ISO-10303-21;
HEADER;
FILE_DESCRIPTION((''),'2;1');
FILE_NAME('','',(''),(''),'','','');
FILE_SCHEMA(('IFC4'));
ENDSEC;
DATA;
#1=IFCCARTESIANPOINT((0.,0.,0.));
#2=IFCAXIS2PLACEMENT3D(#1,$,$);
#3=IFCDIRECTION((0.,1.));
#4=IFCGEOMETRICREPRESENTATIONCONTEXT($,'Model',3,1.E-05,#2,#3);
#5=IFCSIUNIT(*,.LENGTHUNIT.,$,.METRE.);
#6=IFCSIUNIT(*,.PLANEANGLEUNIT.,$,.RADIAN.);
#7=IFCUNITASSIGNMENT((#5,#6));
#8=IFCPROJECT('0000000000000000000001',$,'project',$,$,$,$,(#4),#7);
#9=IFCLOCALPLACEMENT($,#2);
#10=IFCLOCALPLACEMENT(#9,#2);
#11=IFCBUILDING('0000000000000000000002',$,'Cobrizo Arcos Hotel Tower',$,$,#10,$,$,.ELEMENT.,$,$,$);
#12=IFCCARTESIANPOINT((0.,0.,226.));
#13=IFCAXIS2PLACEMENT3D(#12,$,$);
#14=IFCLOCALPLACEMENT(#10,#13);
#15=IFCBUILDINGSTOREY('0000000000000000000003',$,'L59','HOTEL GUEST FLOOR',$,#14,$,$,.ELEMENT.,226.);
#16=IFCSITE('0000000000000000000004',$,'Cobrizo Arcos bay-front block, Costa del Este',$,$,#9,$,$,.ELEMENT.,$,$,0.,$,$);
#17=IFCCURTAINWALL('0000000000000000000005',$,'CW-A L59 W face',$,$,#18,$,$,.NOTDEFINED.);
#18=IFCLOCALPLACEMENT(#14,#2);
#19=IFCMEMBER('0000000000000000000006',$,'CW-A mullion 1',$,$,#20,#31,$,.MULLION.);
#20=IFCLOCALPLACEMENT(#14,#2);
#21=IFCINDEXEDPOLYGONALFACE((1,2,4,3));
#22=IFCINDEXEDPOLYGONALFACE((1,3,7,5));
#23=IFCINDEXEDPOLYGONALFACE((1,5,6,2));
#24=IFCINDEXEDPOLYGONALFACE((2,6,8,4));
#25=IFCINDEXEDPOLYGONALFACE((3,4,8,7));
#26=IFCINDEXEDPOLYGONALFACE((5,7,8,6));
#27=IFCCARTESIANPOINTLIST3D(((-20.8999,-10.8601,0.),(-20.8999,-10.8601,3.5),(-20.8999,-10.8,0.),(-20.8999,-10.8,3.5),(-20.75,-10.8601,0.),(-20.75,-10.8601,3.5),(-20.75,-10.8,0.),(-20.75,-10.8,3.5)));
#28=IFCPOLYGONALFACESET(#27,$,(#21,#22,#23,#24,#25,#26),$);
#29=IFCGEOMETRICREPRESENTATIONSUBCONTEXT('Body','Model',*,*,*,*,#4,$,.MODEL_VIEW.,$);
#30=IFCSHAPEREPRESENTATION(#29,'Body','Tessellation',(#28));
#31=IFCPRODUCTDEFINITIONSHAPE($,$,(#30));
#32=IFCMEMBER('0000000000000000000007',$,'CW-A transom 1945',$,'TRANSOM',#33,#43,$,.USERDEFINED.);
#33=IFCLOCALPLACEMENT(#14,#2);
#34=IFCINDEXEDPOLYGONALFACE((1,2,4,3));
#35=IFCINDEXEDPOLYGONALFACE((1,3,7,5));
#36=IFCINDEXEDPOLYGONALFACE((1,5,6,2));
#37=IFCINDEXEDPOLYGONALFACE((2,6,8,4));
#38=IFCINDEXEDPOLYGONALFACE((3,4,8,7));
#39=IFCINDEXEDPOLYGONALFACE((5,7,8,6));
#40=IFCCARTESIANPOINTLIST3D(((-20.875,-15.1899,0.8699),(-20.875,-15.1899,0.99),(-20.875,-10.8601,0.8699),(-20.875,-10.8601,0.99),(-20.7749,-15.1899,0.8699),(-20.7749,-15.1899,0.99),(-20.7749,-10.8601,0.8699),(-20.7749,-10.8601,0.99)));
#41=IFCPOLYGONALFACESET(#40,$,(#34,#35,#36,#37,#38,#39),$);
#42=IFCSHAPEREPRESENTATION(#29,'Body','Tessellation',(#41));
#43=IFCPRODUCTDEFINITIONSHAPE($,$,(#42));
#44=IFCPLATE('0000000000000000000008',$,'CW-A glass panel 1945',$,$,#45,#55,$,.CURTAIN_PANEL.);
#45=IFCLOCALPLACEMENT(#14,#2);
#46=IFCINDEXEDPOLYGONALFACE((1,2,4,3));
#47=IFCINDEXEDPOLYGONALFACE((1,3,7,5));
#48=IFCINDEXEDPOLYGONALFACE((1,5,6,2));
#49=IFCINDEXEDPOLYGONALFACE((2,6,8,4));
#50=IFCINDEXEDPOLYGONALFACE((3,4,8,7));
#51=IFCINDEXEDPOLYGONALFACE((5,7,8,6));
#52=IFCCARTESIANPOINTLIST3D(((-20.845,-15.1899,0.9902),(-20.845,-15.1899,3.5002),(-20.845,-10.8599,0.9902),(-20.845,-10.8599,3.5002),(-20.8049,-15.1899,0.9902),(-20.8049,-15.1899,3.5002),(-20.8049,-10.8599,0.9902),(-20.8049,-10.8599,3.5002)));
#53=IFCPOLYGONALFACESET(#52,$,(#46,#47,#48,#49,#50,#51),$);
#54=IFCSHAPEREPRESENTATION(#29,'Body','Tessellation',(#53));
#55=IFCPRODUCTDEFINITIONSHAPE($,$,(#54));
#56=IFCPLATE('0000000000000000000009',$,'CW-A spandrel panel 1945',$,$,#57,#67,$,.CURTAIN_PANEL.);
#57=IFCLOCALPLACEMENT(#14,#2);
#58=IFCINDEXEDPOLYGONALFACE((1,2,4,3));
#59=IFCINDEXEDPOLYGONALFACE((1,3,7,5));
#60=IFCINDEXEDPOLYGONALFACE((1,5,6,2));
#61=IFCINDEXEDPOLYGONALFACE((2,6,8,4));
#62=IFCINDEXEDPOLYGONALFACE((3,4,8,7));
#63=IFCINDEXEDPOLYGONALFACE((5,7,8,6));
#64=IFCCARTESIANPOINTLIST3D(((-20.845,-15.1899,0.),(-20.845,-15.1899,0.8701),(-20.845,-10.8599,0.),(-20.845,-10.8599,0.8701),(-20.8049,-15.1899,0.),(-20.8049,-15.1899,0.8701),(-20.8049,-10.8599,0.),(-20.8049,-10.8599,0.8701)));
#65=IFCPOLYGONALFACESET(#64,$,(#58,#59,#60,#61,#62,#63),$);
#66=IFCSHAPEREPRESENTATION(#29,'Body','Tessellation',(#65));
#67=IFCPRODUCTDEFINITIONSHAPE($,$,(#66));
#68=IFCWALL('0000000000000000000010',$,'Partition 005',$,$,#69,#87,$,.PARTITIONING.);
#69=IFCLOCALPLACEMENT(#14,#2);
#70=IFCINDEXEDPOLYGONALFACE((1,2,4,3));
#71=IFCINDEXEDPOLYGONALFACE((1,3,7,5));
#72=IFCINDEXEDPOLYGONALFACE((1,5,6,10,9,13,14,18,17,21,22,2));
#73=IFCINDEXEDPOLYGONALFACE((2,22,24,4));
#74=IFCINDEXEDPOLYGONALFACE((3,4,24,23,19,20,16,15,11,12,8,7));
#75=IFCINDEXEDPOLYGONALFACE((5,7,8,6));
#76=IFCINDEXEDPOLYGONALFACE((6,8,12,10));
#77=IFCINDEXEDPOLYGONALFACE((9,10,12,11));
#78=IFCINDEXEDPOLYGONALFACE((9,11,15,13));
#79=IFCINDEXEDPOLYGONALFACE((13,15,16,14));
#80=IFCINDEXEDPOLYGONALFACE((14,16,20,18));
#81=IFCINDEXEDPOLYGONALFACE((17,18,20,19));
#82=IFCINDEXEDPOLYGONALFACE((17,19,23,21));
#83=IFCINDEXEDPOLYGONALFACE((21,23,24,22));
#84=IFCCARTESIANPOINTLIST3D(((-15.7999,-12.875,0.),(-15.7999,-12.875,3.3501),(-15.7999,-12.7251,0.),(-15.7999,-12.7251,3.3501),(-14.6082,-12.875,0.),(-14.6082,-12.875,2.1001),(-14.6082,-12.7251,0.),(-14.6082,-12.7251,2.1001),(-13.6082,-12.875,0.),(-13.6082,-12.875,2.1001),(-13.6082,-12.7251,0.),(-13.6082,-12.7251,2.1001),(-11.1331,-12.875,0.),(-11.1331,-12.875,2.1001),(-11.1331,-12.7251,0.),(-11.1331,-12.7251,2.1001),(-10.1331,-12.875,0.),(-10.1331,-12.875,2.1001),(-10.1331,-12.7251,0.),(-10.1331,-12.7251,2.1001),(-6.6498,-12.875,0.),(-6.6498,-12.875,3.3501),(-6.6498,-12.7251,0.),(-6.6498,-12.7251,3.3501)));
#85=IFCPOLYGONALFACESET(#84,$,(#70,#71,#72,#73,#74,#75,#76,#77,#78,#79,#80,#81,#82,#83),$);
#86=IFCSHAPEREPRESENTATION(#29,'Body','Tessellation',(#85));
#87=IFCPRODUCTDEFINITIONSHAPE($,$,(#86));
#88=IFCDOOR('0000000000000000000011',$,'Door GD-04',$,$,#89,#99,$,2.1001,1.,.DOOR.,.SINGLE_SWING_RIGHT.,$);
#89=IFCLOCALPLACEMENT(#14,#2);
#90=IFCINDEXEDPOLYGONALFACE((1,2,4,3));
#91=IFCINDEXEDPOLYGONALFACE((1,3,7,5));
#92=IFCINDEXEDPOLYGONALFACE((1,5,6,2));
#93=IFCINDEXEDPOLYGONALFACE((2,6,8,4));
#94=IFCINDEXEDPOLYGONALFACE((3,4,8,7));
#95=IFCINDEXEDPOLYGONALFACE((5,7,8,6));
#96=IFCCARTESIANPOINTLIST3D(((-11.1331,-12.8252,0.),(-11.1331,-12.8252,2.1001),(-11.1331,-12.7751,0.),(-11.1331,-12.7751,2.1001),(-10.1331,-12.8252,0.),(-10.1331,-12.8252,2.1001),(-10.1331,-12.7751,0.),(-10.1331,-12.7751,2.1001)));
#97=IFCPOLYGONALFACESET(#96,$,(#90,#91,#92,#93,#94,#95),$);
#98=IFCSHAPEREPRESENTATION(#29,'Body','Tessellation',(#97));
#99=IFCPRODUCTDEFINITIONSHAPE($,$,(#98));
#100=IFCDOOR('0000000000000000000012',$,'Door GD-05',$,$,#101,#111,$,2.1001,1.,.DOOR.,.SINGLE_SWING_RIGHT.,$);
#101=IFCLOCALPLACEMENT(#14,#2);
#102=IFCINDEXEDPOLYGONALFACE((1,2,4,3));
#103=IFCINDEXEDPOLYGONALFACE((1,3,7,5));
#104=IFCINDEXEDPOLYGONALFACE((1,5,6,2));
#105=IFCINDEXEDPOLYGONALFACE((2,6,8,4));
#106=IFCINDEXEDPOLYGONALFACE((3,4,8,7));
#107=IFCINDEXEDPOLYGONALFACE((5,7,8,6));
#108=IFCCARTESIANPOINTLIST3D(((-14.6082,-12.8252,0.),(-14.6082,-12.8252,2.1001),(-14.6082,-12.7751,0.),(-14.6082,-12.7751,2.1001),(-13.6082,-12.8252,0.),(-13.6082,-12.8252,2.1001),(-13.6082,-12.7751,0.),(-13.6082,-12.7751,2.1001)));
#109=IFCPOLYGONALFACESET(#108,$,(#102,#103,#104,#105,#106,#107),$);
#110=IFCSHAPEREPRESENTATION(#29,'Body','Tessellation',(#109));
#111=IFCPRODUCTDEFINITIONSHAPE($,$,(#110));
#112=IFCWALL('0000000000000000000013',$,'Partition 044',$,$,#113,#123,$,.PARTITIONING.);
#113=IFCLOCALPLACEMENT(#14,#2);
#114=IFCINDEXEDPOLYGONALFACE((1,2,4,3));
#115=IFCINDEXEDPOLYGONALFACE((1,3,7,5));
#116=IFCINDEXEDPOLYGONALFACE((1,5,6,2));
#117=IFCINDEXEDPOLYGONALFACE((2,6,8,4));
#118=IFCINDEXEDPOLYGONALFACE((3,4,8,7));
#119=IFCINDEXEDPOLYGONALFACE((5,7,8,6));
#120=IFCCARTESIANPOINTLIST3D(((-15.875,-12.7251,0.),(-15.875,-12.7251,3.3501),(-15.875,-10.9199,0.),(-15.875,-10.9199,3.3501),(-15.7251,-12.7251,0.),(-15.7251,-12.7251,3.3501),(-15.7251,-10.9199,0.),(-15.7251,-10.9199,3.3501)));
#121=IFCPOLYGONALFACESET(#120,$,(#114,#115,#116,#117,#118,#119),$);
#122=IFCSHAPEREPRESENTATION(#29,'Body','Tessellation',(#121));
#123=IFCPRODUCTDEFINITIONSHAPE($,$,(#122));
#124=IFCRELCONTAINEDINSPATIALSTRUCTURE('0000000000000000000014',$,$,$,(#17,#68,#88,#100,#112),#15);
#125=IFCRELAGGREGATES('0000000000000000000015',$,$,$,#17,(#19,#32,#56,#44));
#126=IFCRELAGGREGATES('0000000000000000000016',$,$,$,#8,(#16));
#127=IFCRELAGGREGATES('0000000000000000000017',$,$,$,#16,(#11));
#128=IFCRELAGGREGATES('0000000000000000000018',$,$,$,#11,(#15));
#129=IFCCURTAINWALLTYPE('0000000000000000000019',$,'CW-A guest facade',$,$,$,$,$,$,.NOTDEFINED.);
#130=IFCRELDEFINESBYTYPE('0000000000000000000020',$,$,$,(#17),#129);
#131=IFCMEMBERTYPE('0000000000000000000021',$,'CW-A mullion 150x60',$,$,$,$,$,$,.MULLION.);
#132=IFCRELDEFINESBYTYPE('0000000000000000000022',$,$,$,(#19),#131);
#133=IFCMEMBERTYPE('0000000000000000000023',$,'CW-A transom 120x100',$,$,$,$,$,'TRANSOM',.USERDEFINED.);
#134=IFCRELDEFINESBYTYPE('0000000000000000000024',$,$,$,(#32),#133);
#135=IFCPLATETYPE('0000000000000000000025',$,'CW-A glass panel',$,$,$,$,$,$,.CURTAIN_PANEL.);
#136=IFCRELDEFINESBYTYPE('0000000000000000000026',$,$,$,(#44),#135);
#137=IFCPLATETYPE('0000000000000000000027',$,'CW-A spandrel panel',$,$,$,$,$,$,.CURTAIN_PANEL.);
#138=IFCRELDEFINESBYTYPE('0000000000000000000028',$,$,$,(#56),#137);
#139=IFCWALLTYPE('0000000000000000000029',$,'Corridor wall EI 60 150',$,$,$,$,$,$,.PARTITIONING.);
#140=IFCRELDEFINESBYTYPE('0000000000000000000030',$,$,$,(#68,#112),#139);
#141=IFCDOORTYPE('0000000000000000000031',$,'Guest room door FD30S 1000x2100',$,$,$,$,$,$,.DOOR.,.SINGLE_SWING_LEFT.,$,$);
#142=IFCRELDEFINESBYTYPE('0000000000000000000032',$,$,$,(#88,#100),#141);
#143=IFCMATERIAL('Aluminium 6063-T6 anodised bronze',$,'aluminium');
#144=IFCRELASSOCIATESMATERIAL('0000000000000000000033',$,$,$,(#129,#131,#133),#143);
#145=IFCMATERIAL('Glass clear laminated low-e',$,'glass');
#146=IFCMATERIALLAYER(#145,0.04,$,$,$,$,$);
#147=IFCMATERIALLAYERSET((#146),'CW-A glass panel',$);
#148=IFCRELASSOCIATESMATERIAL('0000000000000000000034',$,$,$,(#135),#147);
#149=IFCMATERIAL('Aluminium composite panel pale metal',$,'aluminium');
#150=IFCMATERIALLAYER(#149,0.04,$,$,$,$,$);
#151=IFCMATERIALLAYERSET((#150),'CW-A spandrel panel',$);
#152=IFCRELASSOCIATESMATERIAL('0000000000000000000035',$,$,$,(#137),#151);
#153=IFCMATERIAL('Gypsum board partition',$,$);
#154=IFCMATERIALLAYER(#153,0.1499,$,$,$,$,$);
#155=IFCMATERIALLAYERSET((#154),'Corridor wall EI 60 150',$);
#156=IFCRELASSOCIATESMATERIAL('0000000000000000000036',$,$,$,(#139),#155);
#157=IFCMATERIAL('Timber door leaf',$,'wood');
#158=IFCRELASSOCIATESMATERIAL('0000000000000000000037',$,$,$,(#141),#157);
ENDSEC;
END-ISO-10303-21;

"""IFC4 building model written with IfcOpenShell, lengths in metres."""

from ifc_helpers import new_model, si_unit, direction, frame, frame_2d, origin, origin_2d, place, context, subcontext, project, spatial, rectangle, extrude, material, layer, layer_set, material_profile, profile_set, type_object, element, fill, aggregate, save


model = new_model("IFC4")

# Units and contexts
model_context = context("Model", 3, precision=1e-05, world=origin(), true_north=direction((0.0, 1.0)))
body_context = subcontext(model_context, "Body", "Model", "MODEL_VIEW")
ifc_project = project(units=[si_unit("LENGTHUNIT", "METRE"), si_unit("PLANEANGLEUNIT", "RADIAN")], contexts=[model_context])

# Site, building, storey
site_placement = place(None, origin())
site = spatial("IfcSite", under=ifc_project, at=site_placement, Name="Cobrizo Arcos bay-front block, Costa del Este", CompositionType="ELEMENT", RefElevation=0.0)
building_placement = place(site_placement, origin())
building = spatial("IfcBuilding", under=site, at=building_placement, Name="Cobrizo Arcos Hotel Tower", CompositionType="ELEMENT")
storey_placement = place(building_placement, frame((0.0, 0.0, 226.0)))
storey = spatial("IfcBuildingStorey", under=building, at=storey_placement, Name="L59", Description="HOTEL GUEST FLOOR", CompositionType="ELEMENT", Elevation=226.0)

# Curtain wall, members, plates
ifc_material_1 = material(Name="Aluminium 6063-T6 anodised bronze", Category="aluminium")
curtain_wall_type = type_object("IfcCurtainWallType", Name="CW-A guest facade", PredefinedType="NOTDEFINED", material=ifc_material_1)
curtain_wall_placement = place(storey_placement, origin())
curtain_wall = element("IfcCurtainWall", 1, at=curtain_wall_placement, inside=storey, type_object=curtain_wall_type, Name="CW-A L59 W face", PredefinedType="NOTDEFINED")
ifc_material_profile_1 = material_profile(ifc_material_1, rectangle(XDim=0.1499, YDim=0.0601, at=origin_2d()), Name="CW-A mullion 150x60")
ifc_profile_set_1 = profile_set([ifc_material_profile_1], Name="Aluminium 6063-T6 anodised bronze")
member_type_1 = type_object("IfcMemberType", Name="CW-A mullion 150x60", PredefinedType="MULLION", material=ifc_profile_set_1)
member_1_placement = place(storey_placement, frame((-20.825, -10.8301, 0.0), z_axis=(0.0, 0.0, 1.0), x_axis=(-1.0, 0.0, 0.0)))
member_1 = element("IfcMember", 2, at=member_1_placement, type_object=member_type_1, Name="CW-A mullion 1", PredefinedType="MULLION", context=body_context, shape_type="SweptSolid", body=[
    extrude(rectangle(XDim=0.1499, YDim=0.0601, at=origin_2d()), origin(), (0.0, 0.0, 1.0), 3.5),
])
ifc_material_profile_2 = material_profile(ifc_material_1, rectangle(XDim=0.1001, YDim=0.1201, at=origin_2d()), Name="CW-A transom 120x100")
ifc_profile_set_2 = profile_set([ifc_material_profile_2], Name="Aluminium 6063-T6 anodised bronze")
member_type_2 = type_object("IfcMemberType", Name="CW-A transom 120x100", ElementType="TRANSOM", PredefinedType="USERDEFINED", material=ifc_profile_set_2)
member_2_placement = place(storey_placement, frame((-20.825, -10.8601, 0.9299), z_axis=(0.0, -1.0, 0.0), x_axis=(1.0, 0.0, 0.0)))
member_2 = element("IfcMember", 3, at=member_2_placement, type_object=member_type_2, Name="CW-A transom 1945", ObjectType="TRANSOM", PredefinedType="USERDEFINED", context=body_context, shape_type="SweptSolid", body=[
    extrude(rectangle(XDim=0.1001, YDim=0.1201, at=origin_2d()), origin(), (0.0, 0.0, 1.0), 4.3298),
])
ifc_material_2 = material(Name="Glass clear laminated low-e", Category="glass")
ifc_layer_1 = layer(ifc_material_2, 0.04)
ifc_layer_set_1 = layer_set([ifc_layer_1], Name="CW-A glass panel")
plate_type_1 = type_object("IfcPlateType", Name="CW-A glass panel", PredefinedType="CURTAIN_PANEL", material=ifc_layer_set_1)
plate_1_placement = place(storey_placement, frame((-20.825, -13.0249, 0.9902), z_axis=(0.0, 0.0, 1.0), x_axis=(0.0, -1.0, 0.0)))
plate_1 = element("IfcPlate", 4, at=plate_1_placement, type_object=plate_type_1, Name="CW-A glass panel 1945", PredefinedType="CURTAIN_PANEL", context=body_context, shape_type="SweptSolid", body=[
    extrude(rectangle(XDim=4.3301, YDim=0.04, at=origin_2d()), origin(), (0.0, 0.0, 1.0), 2.51),
])
ifc_material_3 = material(Name="Aluminium composite panel pale metal", Category="aluminium")
ifc_layer_2 = layer(ifc_material_3, 0.04)
ifc_layer_set_2 = layer_set([ifc_layer_2], Name="CW-A spandrel panel")
plate_type_2 = type_object("IfcPlateType", Name="CW-A spandrel panel", PredefinedType="CURTAIN_PANEL", material=ifc_layer_set_2)
plate_2_placement = place(storey_placement, frame((-20.825, -13.0249, 0.0), z_axis=(0.0, 0.0, 1.0), x_axis=(0.0, -1.0, 0.0)))
plate_2 = element("IfcPlate", 5, at=plate_2_placement, type_object=plate_type_2, Name="CW-A spandrel panel 1945", PredefinedType="CURTAIN_PANEL", context=body_context, shape_type="SweptSolid", body=[
    extrude(rectangle(XDim=4.3301, YDim=0.04, at=origin_2d()), origin(), (0.0, 0.0, 1.0), 0.8701),
])
aggregate(curtain_wall, [member_1, member_2, plate_2, plate_1])

# Wall, openings, doors
ifc_material_4 = material(Name="Gypsum board partition")
ifc_layer_3 = layer(ifc_material_4, 0.1499)
ifc_layer_set_3 = layer_set([ifc_layer_3], Name="Corridor wall EI 60 150")
wall_type_1 = type_object("IfcWallType", Name="Corridor wall EI 60 150", PredefinedType="PARTITIONING", material=ifc_layer_set_3)
wall_1_placement = place(storey_placement, frame((-15.8, -12.8, 0.0), z_axis=(0.0, 0.0, 1.0), x_axis=(1.0, 0.0, 0.0)))
wall_1 = element("IfcWall", 6, at=wall_1_placement, inside=storey, type_object=wall_type_1, Name="Partition 005", PredefinedType="PARTITIONING", context=body_context, shape_type="SweptSolid", body=[
    extrude(rectangle(XDim=9.1501, YDim=0.1499, at=frame_2d((4.5752, 0.0))), origin(), (0.0, 0.0, 1.0), 3.3501),
])
opening_1_placement = place(wall_1_placement, frame((4.667, 0.0, 0.0)))
opening_1 = element("IfcOpeningElement", 7, at=opening_1_placement, cuts=wall_1, PredefinedType="OPENING", context=body_context, shape_type="SweptSolid", body=[
    extrude(rectangle(XDim=1.0, YDim=2.1001, at=frame_2d((0.5, 1.05))), frame((0.0, 0.0869, 0.0), z_axis=(0.0, -1.0, 0.0), x_axis=(1.0, 0.0, 0.0)), (0.0, 0.0, 1.0), 0.1738),
])
opening_2_placement = place(wall_1_placement, frame((1.1919, 0.0, 0.0)))
opening_2 = element("IfcOpeningElement", 8, at=opening_2_placement, cuts=wall_1, PredefinedType="OPENING", context=body_context, shape_type="SweptSolid", body=[
    extrude(rectangle(XDim=1.0, YDim=2.1001, at=frame_2d((0.5, 1.05))), frame((0.0, 0.0869, 0.0), z_axis=(0.0, -1.0, 0.0), x_axis=(1.0, 0.0, 0.0)), (0.0, 0.0, 1.0), 0.1738),
])
ifc_material_5 = material(Name="Timber door leaf", Category="wood")
door_type_1 = type_object("IfcDoorType", Name="Guest room door FD30S 1000x2100", OperationType="SINGLE_SWING_LEFT", PredefinedType="DOOR", material=ifc_material_5)
door_1_placement = place(opening_1_placement, origin())
door_1 = element("IfcDoor", 9, at=door_1_placement, inside=storey, type_object=door_type_1, Name="Door GD-04", OperationType="SINGLE_SWING_RIGHT", OverallHeight=2.1001, OverallWidth=1.0, PredefinedType="DOOR", context=body_context, shape_type="SweptSolid", body=[
    extrude(rectangle(XDim=1.0, YDim=2.1001, at=frame_2d((0.5, 1.05))), frame((0.0, 0.0249, 0.0), z_axis=(0.0, -1.0, 0.0), x_axis=(1.0, 0.0, 0.0)), (0.0, 0.0, 1.0), 0.05),
])
fill(opening_1, door_1)
door_2_placement = place(opening_2_placement, origin())
door_2 = element("IfcDoor", 10, at=door_2_placement, inside=storey, type_object=door_type_1, Name="Door GD-05", OperationType="SINGLE_SWING_RIGHT", OverallHeight=2.1001, OverallWidth=1.0, PredefinedType="DOOR", context=body_context, shape_type="SweptSolid", body=[
    extrude(rectangle(XDim=1.0, YDim=2.1001, at=frame_2d((0.5, 1.05))), frame((0.0, 0.0249, 0.0), z_axis=(0.0, -1.0, 0.0), x_axis=(1.0, 0.0, 0.0)), (0.0, 0.0, 1.0), 0.05),
])
fill(opening_2, door_2)

# Wall
wall_2_placement = place(storey_placement, frame((-15.8, -12.7251, 0.0), z_axis=(0.0, 0.0, 1.0), x_axis=(0.0, 1.0, 0.0)))
element("IfcWall", 11, at=wall_2_placement, inside=storey, type_object=wall_type_1, Name="Partition 044", PredefinedType="PARTITIONING", context=body_context, shape_type="SweptSolid", body=[
    extrude(rectangle(XDim=1.8052, YDim=0.1499, at=frame_2d((0.9026, 0.0))), origin(), (0.0, 0.0, 1.0), 3.3501),
])

save(model, "model.ifc")
